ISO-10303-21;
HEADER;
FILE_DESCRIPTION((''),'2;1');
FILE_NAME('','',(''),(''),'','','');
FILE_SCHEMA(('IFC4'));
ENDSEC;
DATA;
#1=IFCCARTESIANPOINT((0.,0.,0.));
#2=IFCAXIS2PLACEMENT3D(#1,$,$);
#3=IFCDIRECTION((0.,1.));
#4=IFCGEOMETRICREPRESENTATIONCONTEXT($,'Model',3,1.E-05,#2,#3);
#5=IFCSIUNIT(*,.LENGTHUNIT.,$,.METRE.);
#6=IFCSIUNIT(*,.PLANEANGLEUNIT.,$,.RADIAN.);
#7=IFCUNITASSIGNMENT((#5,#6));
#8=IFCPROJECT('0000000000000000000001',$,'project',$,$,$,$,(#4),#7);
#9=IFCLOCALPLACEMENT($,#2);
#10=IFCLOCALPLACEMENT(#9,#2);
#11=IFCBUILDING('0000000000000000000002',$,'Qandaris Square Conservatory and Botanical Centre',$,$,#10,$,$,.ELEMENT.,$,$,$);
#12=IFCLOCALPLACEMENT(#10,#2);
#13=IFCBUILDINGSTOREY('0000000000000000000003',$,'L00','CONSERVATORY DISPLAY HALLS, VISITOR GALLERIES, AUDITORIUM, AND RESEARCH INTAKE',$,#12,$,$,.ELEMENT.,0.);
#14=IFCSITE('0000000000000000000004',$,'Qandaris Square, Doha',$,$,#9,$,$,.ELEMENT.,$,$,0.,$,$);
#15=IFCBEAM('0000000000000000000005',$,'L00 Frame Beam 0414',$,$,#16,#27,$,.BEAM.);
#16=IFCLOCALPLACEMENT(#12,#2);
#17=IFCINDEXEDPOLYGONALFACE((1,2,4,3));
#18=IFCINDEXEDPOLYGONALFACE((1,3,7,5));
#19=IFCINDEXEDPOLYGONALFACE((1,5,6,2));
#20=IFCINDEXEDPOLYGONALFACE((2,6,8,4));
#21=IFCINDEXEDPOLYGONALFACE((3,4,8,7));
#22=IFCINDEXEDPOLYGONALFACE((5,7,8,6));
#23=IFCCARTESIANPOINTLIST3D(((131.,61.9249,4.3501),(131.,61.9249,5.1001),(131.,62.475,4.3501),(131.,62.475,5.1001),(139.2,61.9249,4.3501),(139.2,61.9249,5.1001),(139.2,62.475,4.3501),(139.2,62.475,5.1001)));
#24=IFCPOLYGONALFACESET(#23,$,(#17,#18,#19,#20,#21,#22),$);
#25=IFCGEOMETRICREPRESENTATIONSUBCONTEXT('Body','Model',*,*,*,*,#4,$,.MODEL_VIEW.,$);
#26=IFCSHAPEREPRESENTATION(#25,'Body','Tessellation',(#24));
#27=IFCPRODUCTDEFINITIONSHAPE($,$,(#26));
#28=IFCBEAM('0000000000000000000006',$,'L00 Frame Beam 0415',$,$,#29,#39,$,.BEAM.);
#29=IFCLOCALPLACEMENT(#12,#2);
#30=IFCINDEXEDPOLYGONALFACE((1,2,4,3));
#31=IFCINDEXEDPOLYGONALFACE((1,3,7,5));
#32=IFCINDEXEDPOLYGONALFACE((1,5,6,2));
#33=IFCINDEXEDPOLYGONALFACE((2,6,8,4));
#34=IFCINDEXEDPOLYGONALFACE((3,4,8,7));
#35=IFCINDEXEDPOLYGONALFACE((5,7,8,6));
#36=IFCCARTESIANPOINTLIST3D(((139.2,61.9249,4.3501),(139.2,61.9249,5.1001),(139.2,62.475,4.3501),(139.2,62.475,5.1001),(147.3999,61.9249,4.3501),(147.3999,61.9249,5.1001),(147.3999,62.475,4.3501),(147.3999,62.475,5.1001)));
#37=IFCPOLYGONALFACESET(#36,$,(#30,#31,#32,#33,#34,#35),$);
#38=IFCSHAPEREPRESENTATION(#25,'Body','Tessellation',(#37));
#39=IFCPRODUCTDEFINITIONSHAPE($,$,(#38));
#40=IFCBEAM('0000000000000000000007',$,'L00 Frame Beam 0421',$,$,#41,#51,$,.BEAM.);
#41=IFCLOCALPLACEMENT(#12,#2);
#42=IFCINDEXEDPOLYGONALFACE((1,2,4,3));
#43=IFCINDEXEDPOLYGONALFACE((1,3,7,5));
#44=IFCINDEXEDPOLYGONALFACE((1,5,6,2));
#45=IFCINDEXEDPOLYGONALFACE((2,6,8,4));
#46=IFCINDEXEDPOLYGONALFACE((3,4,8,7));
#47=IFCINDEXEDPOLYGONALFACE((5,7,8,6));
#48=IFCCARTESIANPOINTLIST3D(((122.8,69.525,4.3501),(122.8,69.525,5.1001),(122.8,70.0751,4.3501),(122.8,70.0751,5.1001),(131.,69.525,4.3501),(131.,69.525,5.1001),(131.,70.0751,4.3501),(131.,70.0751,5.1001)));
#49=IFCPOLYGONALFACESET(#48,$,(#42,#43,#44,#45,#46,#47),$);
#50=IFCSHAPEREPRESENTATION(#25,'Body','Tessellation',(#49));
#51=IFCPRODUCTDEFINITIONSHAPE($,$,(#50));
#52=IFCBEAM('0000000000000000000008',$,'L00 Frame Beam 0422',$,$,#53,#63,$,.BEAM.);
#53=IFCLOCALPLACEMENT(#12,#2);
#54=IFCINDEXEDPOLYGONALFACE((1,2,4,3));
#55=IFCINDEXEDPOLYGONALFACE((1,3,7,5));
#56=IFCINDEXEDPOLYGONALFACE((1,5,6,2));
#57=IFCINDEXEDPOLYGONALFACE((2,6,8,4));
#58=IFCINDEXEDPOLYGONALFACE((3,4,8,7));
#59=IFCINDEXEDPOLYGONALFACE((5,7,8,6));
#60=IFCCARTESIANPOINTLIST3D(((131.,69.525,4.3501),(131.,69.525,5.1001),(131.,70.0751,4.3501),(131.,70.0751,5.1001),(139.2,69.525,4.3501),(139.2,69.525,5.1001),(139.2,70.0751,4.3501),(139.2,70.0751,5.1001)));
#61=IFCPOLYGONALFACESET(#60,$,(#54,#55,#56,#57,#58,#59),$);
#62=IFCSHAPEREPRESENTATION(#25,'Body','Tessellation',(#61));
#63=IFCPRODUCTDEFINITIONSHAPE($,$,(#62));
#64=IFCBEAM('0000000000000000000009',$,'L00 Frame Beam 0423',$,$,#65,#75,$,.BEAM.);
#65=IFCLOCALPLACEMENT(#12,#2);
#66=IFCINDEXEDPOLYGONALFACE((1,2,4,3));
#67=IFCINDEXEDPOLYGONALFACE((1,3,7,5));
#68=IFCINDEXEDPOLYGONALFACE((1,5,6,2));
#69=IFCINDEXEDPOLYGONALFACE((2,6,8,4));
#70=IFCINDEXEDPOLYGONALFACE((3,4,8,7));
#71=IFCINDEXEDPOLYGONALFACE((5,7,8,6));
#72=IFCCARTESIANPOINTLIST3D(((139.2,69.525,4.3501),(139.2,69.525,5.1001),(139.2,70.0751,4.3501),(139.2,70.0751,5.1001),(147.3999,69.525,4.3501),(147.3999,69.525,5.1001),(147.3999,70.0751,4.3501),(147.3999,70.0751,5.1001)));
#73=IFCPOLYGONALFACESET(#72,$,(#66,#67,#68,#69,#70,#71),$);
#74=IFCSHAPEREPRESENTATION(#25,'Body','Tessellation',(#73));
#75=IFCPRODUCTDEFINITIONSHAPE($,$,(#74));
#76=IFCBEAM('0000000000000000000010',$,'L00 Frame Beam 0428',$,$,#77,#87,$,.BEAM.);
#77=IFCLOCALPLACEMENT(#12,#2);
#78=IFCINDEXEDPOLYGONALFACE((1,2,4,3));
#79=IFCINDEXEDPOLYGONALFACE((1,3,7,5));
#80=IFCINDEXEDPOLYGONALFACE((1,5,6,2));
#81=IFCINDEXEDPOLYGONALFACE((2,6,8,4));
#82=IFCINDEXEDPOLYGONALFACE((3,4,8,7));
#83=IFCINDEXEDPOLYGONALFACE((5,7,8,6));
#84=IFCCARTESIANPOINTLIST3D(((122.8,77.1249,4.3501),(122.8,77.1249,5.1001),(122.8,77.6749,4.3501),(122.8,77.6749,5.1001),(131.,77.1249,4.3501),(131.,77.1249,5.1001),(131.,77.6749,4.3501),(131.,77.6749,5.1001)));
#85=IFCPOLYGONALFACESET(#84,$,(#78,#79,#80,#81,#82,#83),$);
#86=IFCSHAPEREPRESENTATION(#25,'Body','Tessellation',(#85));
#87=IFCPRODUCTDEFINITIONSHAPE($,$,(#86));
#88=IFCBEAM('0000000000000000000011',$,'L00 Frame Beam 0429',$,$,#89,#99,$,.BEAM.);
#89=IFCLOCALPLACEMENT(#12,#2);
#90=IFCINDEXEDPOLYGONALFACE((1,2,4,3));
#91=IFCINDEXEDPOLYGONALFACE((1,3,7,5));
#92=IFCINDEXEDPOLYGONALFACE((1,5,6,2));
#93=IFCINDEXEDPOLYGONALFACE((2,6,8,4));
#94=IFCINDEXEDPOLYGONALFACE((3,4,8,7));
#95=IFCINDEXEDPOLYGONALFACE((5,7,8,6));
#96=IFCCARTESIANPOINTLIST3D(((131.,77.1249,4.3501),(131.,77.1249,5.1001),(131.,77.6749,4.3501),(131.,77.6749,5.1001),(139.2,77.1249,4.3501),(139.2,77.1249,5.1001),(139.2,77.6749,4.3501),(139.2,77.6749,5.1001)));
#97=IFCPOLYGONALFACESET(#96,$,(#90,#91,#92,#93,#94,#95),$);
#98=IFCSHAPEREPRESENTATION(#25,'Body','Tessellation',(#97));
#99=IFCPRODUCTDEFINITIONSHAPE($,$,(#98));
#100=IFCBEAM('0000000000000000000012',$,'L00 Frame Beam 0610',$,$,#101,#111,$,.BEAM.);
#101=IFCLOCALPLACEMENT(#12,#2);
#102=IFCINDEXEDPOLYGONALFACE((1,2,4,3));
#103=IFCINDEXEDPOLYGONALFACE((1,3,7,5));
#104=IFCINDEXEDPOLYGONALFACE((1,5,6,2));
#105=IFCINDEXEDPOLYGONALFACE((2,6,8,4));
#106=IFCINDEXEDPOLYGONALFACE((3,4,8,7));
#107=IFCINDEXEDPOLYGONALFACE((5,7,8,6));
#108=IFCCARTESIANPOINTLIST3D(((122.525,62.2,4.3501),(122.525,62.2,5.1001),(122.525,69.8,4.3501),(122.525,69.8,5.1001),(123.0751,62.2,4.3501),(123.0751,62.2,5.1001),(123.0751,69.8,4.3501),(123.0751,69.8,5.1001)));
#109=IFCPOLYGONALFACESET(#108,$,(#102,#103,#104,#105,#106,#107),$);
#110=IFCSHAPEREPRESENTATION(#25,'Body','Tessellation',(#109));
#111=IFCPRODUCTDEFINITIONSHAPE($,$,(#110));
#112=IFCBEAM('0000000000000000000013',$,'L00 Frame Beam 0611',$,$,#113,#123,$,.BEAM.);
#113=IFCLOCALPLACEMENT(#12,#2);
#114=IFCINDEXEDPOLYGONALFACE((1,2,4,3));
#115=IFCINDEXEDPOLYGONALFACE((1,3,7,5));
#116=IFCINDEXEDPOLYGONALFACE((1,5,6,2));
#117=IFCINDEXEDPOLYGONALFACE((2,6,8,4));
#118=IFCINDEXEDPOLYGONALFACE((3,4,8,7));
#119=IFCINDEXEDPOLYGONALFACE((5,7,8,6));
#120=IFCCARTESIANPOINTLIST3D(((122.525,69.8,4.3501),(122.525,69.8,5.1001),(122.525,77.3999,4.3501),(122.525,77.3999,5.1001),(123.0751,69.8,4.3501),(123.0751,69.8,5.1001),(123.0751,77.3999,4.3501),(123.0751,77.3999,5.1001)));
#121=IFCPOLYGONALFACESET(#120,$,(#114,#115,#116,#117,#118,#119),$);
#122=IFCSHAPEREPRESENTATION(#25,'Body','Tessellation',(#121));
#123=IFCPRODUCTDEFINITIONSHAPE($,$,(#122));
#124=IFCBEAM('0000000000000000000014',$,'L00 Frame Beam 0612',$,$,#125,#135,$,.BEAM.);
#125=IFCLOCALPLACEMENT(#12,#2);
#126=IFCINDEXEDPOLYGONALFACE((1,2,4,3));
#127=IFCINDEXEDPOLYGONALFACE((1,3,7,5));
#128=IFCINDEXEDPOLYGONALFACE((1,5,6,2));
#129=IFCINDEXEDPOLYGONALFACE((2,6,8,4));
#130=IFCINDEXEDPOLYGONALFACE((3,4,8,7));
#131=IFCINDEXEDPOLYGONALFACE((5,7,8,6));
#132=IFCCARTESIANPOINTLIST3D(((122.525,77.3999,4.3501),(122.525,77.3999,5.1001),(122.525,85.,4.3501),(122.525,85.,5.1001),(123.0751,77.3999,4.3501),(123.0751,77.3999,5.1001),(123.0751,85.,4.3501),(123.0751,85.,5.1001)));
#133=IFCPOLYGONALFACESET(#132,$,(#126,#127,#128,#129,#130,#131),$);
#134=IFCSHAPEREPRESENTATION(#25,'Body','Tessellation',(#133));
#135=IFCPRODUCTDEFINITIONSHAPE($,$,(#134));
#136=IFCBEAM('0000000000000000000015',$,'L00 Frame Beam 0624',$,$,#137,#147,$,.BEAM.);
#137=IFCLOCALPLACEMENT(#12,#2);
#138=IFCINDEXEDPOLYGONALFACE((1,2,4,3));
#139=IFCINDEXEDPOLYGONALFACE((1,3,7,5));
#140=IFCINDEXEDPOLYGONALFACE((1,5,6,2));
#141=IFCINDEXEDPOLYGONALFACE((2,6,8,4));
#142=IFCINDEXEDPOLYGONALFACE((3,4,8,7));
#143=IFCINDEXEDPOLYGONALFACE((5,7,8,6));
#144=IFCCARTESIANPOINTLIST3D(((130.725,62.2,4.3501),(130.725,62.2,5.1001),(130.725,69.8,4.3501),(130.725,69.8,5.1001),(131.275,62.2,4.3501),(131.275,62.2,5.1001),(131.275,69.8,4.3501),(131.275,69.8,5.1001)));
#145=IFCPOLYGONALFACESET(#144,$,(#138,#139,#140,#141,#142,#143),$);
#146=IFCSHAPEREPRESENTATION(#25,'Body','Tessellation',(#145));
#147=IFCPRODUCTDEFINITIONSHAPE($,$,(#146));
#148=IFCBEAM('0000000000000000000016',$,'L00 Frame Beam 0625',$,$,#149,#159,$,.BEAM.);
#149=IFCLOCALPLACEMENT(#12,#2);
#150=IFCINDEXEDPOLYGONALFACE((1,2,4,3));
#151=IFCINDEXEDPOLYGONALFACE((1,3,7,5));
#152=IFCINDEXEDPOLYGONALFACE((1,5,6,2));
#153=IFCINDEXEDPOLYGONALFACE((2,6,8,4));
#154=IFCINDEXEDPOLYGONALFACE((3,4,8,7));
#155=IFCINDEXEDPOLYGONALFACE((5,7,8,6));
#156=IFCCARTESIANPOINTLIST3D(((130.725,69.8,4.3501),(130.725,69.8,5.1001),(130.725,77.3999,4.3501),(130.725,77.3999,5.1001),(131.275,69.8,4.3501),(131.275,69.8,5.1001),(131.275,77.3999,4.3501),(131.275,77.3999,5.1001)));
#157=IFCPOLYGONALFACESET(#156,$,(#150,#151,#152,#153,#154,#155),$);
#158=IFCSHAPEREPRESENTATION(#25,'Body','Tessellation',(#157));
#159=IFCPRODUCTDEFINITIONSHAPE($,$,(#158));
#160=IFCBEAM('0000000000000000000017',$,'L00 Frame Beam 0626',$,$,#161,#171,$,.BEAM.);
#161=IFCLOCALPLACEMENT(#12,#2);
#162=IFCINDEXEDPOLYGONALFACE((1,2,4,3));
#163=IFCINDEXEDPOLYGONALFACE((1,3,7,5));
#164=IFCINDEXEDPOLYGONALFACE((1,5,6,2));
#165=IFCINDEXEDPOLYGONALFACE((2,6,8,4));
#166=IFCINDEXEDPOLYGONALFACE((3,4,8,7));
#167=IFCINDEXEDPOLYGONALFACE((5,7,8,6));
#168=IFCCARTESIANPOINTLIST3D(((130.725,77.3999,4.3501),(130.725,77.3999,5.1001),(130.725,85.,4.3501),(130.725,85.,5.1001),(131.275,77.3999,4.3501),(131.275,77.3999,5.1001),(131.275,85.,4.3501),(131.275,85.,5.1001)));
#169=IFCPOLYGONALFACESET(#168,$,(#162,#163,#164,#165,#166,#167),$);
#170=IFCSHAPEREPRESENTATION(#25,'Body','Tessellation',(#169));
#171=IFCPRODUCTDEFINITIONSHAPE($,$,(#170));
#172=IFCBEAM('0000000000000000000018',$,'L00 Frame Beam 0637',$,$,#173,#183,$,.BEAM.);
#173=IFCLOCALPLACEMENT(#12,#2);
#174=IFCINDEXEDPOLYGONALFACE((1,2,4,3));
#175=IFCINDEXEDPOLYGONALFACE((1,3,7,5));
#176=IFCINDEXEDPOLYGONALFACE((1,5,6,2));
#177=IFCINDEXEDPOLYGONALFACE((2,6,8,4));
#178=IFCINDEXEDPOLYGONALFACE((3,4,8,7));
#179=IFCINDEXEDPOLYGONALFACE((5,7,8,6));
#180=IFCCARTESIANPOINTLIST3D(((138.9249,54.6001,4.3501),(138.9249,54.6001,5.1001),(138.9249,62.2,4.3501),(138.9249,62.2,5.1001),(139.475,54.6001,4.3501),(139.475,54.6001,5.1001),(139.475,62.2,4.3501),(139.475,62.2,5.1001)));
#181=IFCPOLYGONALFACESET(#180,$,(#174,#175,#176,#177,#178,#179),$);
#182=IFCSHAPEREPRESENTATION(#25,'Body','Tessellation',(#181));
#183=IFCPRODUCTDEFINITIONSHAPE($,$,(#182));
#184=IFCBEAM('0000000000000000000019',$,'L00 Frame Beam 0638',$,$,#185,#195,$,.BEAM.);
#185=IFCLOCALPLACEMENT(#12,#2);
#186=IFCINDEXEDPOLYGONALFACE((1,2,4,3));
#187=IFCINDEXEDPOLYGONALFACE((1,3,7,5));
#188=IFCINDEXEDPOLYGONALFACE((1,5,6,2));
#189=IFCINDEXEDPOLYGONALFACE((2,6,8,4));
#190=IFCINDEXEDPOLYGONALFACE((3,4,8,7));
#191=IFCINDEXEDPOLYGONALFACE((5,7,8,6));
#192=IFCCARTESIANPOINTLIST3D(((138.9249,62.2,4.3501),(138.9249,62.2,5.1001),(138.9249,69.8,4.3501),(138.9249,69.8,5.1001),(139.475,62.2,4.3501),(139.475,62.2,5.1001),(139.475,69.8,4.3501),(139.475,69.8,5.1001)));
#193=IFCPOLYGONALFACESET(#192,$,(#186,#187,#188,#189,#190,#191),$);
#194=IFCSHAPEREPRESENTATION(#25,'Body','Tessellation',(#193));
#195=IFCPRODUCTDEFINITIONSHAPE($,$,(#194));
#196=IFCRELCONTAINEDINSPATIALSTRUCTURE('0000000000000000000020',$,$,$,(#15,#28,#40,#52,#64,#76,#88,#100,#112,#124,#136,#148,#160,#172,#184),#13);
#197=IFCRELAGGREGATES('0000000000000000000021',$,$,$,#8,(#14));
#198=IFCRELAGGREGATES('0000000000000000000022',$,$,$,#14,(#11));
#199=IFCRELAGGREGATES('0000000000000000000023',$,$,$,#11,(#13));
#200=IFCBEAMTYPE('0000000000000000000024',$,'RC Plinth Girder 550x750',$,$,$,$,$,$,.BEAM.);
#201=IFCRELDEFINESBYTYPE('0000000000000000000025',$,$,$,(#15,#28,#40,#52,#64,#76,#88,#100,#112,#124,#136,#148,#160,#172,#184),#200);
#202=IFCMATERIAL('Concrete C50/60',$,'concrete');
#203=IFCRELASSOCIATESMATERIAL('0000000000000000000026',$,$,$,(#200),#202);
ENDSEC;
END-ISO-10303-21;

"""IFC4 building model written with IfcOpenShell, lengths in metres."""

from ifc_helpers import new_model, si_unit, direction, frame, origin, origin_2d, place, context, subcontext, project, spatial, rectangle, extrude, material, material_profile, profile_set, type_object, element, save


model = new_model("IFC4")

# Units and contexts
model_context = context("Model", 3, precision=1e-05, world=origin(), true_north=direction((0.0, 1.0)))
body_context = subcontext(model_context, "Body", "Model", "MODEL_VIEW")
ifc_project = project(units=[si_unit("LENGTHUNIT", "METRE"), si_unit("PLANEANGLEUNIT", "RADIAN")], contexts=[model_context])

# Site, building, storey
site_placement = place(None, origin())
site = spatial("IfcSite", under=ifc_project, at=site_placement, Name="Qandaris Square, Doha", CompositionType="ELEMENT", RefElevation=0.0)
building_placement = place(site_placement, origin())
building = spatial("IfcBuilding", under=site, at=building_placement, Name="Qandaris Square Conservatory and Botanical Centre", CompositionType="ELEMENT")
storey_placement = place(building_placement, origin())
storey = spatial("IfcBuildingStorey", under=building, at=storey_placement, Name="L00", Description="CONSERVATORY DISPLAY HALLS, VISITOR GALLERIES, AUDITORIUM, AND RESEARCH INTAKE", CompositionType="ELEMENT", Elevation=0.0)

# Shared definitions
ifc_material_1 = material(Name="Concrete C50/60", Category="concrete")

# Beams
ifc_material_profile_1 = material_profile(ifc_material_1, rectangle(XDim=0.55, YDim=0.75, at=origin_2d()), Name="RC-BM 550x750")
ifc_profile_set_1 = profile_set([ifc_material_profile_1], Name="Concrete C50/60")
beam_type_1 = type_object("IfcBeamType", Name="RC Plinth Girder 550x750", PredefinedType="BEAM", material=ifc_profile_set_1)
for number, where, z_axis, x_axis, name in (
    (1, (131.0, 62.2, 4.7251), (1.0, 0.0, 0.0), (0.0, 1.0, 0.0), "L00 Frame Beam 0414"),
    (2, (139.2, 62.2, 4.7251), (1.0, 0.0, 0.0), (0.0, 1.0, 0.0), "L00 Frame Beam 0415"),
    (3, (122.8, 69.8, 4.7251), (1.0, 0.0, 0.0), (0.0, 1.0, 0.0), "L00 Frame Beam 0421"),
    (4, (131.0, 69.8, 4.7251), (1.0, 0.0, 0.0), (0.0, 1.0, 0.0), "L00 Frame Beam 0422"),
    (5, (139.2, 69.8, 4.7251), (1.0, 0.0, 0.0), (0.0, 1.0, 0.0), "L00 Frame Beam 0423"),
    (6, (122.8, 77.3999, 4.7251), (1.0, 0.0, 0.0), (0.0, 1.0, 0.0), "L00 Frame Beam 0428"),
    (7, (131.0, 77.3999, 4.7251), (1.0, 0.0, 0.0), (0.0, 1.0, 0.0), "L00 Frame Beam 0429"),
):
    element("IfcBeam", number, at=place(storey_placement, frame(where, z_axis=z_axis, x_axis=x_axis)), inside=storey, type_object=beam_type_1, Name=name, PredefinedType="BEAM", context=body_context, shape_type="SweptSolid", body=[
        extrude(rectangle(XDim=0.55, YDim=0.75, at=origin_2d()), origin(), (0.0, 0.0, 1.0), 8.2),
    ])
beam_1_placement = place(storey_placement, frame((122.8, 62.2, 4.7251), z_axis=(0.0, 1.0, 0.0), x_axis=(-1.0, 0.0, 0.0)))
element("IfcBeam", 8, at=beam_1_placement, inside=storey, type_object=beam_type_1, Name="L00 Frame Beam 0610", PredefinedType="BEAM", context=body_context, shape_type="SweptSolid", body=[
    extrude(rectangle(XDim=0.55, YDim=0.75, at=origin_2d()), origin(), (0.0, 0.0, 1.0), 7.6001),
])
beam_2_placement = place(storey_placement, frame((122.8, 69.8, 4.7251), z_axis=(0.0, 1.0, 0.0), x_axis=(-1.0, 0.0, 0.0)))
element("IfcBeam", 9, at=beam_2_placement, inside=storey, type_object=beam_type_1, Name="L00 Frame Beam 0611", PredefinedType="BEAM", context=body_context, shape_type="SweptSolid", body=[
    extrude(rectangle(XDim=0.55, YDim=0.75, at=origin_2d()), origin(), (0.0, 0.0, 1.0), 7.5999),
])
for number, where, z_axis, x_axis, name in (
    (10, (122.8, 77.3999, 4.7251), (0.0, 1.0, 0.0), (-1.0, 0.0, 0.0), "L00 Frame Beam 0612"),
    (11, (131.0, 62.2, 4.7251), (0.0, 1.0, 0.0), (-1.0, 0.0, 0.0), "L00 Frame Beam 0624"),
):
    element("IfcBeam", number, at=place(storey_placement, frame(where, z_axis=z_axis, x_axis=x_axis)), inside=storey, type_object=beam_type_1, Name=name, PredefinedType="BEAM", context=body_context, shape_type="SweptSolid", body=[
        extrude(rectangle(XDim=0.55, YDim=0.75, at=origin_2d()), origin(), (0.0, 0.0, 1.0), 7.6001),
    ])
beam_3_placement = place(storey_placement, frame((131.0, 69.8, 4.7251), z_axis=(0.0, 1.0, 0.0), x_axis=(-1.0, 0.0, 0.0)))
element("IfcBeam", 12, at=beam_3_placement, inside=storey, type_object=beam_type_1, Name="L00 Frame Beam 0625", PredefinedType="BEAM", context=body_context, shape_type="SweptSolid", body=[
    extrude(rectangle(XDim=0.55, YDim=0.75, at=origin_2d()), origin(), (0.0, 0.0, 1.0), 7.5999),
])
beam_4_placement = place(storey_placement, frame((131.0, 77.3999, 4.7251), z_axis=(0.0, 1.0, 0.0), x_axis=(-1.0, 0.0, 0.0)))
element("IfcBeam", 13, at=beam_4_placement, inside=storey, type_object=beam_type_1, Name="L00 Frame Beam 0626", PredefinedType="BEAM", context=body_context, shape_type="SweptSolid", body=[
    extrude(rectangle(XDim=0.55, YDim=0.75, at=origin_2d()), origin(), (0.0, 0.0, 1.0), 7.6001),
])
beam_5_placement = place(storey_placement, frame((139.2, 54.6001, 4.7251), z_axis=(0.0, 1.0, 0.0), x_axis=(-1.0, 0.0, 0.0)))
element("IfcBeam", 14, at=beam_5_placement, inside=storey, type_object=beam_type_1, Name="L00 Frame Beam 0637", PredefinedType="BEAM", context=body_context, shape_type="SweptSolid", body=[
    extrude(rectangle(XDim=0.55, YDim=0.75, at=origin_2d()), origin(), (0.0, 0.0, 1.0), 7.5999),
])
beam_6_placement = place(storey_placement, frame((139.2, 62.2, 4.7251), z_axis=(0.0, 1.0, 0.0), x_axis=(-1.0, 0.0, 0.0)))
element("IfcBeam", 15, at=beam_6_placement, inside=storey, type_object=beam_type_1, Name="L00 Frame Beam 0638", PredefinedType="BEAM", context=body_context, shape_type="SweptSolid", body=[
    extrude(rectangle(XDim=0.55, YDim=0.75, at=origin_2d()), origin(), (0.0, 0.0, 1.0), 7.6001),
])

save(model, "model.ifc")
